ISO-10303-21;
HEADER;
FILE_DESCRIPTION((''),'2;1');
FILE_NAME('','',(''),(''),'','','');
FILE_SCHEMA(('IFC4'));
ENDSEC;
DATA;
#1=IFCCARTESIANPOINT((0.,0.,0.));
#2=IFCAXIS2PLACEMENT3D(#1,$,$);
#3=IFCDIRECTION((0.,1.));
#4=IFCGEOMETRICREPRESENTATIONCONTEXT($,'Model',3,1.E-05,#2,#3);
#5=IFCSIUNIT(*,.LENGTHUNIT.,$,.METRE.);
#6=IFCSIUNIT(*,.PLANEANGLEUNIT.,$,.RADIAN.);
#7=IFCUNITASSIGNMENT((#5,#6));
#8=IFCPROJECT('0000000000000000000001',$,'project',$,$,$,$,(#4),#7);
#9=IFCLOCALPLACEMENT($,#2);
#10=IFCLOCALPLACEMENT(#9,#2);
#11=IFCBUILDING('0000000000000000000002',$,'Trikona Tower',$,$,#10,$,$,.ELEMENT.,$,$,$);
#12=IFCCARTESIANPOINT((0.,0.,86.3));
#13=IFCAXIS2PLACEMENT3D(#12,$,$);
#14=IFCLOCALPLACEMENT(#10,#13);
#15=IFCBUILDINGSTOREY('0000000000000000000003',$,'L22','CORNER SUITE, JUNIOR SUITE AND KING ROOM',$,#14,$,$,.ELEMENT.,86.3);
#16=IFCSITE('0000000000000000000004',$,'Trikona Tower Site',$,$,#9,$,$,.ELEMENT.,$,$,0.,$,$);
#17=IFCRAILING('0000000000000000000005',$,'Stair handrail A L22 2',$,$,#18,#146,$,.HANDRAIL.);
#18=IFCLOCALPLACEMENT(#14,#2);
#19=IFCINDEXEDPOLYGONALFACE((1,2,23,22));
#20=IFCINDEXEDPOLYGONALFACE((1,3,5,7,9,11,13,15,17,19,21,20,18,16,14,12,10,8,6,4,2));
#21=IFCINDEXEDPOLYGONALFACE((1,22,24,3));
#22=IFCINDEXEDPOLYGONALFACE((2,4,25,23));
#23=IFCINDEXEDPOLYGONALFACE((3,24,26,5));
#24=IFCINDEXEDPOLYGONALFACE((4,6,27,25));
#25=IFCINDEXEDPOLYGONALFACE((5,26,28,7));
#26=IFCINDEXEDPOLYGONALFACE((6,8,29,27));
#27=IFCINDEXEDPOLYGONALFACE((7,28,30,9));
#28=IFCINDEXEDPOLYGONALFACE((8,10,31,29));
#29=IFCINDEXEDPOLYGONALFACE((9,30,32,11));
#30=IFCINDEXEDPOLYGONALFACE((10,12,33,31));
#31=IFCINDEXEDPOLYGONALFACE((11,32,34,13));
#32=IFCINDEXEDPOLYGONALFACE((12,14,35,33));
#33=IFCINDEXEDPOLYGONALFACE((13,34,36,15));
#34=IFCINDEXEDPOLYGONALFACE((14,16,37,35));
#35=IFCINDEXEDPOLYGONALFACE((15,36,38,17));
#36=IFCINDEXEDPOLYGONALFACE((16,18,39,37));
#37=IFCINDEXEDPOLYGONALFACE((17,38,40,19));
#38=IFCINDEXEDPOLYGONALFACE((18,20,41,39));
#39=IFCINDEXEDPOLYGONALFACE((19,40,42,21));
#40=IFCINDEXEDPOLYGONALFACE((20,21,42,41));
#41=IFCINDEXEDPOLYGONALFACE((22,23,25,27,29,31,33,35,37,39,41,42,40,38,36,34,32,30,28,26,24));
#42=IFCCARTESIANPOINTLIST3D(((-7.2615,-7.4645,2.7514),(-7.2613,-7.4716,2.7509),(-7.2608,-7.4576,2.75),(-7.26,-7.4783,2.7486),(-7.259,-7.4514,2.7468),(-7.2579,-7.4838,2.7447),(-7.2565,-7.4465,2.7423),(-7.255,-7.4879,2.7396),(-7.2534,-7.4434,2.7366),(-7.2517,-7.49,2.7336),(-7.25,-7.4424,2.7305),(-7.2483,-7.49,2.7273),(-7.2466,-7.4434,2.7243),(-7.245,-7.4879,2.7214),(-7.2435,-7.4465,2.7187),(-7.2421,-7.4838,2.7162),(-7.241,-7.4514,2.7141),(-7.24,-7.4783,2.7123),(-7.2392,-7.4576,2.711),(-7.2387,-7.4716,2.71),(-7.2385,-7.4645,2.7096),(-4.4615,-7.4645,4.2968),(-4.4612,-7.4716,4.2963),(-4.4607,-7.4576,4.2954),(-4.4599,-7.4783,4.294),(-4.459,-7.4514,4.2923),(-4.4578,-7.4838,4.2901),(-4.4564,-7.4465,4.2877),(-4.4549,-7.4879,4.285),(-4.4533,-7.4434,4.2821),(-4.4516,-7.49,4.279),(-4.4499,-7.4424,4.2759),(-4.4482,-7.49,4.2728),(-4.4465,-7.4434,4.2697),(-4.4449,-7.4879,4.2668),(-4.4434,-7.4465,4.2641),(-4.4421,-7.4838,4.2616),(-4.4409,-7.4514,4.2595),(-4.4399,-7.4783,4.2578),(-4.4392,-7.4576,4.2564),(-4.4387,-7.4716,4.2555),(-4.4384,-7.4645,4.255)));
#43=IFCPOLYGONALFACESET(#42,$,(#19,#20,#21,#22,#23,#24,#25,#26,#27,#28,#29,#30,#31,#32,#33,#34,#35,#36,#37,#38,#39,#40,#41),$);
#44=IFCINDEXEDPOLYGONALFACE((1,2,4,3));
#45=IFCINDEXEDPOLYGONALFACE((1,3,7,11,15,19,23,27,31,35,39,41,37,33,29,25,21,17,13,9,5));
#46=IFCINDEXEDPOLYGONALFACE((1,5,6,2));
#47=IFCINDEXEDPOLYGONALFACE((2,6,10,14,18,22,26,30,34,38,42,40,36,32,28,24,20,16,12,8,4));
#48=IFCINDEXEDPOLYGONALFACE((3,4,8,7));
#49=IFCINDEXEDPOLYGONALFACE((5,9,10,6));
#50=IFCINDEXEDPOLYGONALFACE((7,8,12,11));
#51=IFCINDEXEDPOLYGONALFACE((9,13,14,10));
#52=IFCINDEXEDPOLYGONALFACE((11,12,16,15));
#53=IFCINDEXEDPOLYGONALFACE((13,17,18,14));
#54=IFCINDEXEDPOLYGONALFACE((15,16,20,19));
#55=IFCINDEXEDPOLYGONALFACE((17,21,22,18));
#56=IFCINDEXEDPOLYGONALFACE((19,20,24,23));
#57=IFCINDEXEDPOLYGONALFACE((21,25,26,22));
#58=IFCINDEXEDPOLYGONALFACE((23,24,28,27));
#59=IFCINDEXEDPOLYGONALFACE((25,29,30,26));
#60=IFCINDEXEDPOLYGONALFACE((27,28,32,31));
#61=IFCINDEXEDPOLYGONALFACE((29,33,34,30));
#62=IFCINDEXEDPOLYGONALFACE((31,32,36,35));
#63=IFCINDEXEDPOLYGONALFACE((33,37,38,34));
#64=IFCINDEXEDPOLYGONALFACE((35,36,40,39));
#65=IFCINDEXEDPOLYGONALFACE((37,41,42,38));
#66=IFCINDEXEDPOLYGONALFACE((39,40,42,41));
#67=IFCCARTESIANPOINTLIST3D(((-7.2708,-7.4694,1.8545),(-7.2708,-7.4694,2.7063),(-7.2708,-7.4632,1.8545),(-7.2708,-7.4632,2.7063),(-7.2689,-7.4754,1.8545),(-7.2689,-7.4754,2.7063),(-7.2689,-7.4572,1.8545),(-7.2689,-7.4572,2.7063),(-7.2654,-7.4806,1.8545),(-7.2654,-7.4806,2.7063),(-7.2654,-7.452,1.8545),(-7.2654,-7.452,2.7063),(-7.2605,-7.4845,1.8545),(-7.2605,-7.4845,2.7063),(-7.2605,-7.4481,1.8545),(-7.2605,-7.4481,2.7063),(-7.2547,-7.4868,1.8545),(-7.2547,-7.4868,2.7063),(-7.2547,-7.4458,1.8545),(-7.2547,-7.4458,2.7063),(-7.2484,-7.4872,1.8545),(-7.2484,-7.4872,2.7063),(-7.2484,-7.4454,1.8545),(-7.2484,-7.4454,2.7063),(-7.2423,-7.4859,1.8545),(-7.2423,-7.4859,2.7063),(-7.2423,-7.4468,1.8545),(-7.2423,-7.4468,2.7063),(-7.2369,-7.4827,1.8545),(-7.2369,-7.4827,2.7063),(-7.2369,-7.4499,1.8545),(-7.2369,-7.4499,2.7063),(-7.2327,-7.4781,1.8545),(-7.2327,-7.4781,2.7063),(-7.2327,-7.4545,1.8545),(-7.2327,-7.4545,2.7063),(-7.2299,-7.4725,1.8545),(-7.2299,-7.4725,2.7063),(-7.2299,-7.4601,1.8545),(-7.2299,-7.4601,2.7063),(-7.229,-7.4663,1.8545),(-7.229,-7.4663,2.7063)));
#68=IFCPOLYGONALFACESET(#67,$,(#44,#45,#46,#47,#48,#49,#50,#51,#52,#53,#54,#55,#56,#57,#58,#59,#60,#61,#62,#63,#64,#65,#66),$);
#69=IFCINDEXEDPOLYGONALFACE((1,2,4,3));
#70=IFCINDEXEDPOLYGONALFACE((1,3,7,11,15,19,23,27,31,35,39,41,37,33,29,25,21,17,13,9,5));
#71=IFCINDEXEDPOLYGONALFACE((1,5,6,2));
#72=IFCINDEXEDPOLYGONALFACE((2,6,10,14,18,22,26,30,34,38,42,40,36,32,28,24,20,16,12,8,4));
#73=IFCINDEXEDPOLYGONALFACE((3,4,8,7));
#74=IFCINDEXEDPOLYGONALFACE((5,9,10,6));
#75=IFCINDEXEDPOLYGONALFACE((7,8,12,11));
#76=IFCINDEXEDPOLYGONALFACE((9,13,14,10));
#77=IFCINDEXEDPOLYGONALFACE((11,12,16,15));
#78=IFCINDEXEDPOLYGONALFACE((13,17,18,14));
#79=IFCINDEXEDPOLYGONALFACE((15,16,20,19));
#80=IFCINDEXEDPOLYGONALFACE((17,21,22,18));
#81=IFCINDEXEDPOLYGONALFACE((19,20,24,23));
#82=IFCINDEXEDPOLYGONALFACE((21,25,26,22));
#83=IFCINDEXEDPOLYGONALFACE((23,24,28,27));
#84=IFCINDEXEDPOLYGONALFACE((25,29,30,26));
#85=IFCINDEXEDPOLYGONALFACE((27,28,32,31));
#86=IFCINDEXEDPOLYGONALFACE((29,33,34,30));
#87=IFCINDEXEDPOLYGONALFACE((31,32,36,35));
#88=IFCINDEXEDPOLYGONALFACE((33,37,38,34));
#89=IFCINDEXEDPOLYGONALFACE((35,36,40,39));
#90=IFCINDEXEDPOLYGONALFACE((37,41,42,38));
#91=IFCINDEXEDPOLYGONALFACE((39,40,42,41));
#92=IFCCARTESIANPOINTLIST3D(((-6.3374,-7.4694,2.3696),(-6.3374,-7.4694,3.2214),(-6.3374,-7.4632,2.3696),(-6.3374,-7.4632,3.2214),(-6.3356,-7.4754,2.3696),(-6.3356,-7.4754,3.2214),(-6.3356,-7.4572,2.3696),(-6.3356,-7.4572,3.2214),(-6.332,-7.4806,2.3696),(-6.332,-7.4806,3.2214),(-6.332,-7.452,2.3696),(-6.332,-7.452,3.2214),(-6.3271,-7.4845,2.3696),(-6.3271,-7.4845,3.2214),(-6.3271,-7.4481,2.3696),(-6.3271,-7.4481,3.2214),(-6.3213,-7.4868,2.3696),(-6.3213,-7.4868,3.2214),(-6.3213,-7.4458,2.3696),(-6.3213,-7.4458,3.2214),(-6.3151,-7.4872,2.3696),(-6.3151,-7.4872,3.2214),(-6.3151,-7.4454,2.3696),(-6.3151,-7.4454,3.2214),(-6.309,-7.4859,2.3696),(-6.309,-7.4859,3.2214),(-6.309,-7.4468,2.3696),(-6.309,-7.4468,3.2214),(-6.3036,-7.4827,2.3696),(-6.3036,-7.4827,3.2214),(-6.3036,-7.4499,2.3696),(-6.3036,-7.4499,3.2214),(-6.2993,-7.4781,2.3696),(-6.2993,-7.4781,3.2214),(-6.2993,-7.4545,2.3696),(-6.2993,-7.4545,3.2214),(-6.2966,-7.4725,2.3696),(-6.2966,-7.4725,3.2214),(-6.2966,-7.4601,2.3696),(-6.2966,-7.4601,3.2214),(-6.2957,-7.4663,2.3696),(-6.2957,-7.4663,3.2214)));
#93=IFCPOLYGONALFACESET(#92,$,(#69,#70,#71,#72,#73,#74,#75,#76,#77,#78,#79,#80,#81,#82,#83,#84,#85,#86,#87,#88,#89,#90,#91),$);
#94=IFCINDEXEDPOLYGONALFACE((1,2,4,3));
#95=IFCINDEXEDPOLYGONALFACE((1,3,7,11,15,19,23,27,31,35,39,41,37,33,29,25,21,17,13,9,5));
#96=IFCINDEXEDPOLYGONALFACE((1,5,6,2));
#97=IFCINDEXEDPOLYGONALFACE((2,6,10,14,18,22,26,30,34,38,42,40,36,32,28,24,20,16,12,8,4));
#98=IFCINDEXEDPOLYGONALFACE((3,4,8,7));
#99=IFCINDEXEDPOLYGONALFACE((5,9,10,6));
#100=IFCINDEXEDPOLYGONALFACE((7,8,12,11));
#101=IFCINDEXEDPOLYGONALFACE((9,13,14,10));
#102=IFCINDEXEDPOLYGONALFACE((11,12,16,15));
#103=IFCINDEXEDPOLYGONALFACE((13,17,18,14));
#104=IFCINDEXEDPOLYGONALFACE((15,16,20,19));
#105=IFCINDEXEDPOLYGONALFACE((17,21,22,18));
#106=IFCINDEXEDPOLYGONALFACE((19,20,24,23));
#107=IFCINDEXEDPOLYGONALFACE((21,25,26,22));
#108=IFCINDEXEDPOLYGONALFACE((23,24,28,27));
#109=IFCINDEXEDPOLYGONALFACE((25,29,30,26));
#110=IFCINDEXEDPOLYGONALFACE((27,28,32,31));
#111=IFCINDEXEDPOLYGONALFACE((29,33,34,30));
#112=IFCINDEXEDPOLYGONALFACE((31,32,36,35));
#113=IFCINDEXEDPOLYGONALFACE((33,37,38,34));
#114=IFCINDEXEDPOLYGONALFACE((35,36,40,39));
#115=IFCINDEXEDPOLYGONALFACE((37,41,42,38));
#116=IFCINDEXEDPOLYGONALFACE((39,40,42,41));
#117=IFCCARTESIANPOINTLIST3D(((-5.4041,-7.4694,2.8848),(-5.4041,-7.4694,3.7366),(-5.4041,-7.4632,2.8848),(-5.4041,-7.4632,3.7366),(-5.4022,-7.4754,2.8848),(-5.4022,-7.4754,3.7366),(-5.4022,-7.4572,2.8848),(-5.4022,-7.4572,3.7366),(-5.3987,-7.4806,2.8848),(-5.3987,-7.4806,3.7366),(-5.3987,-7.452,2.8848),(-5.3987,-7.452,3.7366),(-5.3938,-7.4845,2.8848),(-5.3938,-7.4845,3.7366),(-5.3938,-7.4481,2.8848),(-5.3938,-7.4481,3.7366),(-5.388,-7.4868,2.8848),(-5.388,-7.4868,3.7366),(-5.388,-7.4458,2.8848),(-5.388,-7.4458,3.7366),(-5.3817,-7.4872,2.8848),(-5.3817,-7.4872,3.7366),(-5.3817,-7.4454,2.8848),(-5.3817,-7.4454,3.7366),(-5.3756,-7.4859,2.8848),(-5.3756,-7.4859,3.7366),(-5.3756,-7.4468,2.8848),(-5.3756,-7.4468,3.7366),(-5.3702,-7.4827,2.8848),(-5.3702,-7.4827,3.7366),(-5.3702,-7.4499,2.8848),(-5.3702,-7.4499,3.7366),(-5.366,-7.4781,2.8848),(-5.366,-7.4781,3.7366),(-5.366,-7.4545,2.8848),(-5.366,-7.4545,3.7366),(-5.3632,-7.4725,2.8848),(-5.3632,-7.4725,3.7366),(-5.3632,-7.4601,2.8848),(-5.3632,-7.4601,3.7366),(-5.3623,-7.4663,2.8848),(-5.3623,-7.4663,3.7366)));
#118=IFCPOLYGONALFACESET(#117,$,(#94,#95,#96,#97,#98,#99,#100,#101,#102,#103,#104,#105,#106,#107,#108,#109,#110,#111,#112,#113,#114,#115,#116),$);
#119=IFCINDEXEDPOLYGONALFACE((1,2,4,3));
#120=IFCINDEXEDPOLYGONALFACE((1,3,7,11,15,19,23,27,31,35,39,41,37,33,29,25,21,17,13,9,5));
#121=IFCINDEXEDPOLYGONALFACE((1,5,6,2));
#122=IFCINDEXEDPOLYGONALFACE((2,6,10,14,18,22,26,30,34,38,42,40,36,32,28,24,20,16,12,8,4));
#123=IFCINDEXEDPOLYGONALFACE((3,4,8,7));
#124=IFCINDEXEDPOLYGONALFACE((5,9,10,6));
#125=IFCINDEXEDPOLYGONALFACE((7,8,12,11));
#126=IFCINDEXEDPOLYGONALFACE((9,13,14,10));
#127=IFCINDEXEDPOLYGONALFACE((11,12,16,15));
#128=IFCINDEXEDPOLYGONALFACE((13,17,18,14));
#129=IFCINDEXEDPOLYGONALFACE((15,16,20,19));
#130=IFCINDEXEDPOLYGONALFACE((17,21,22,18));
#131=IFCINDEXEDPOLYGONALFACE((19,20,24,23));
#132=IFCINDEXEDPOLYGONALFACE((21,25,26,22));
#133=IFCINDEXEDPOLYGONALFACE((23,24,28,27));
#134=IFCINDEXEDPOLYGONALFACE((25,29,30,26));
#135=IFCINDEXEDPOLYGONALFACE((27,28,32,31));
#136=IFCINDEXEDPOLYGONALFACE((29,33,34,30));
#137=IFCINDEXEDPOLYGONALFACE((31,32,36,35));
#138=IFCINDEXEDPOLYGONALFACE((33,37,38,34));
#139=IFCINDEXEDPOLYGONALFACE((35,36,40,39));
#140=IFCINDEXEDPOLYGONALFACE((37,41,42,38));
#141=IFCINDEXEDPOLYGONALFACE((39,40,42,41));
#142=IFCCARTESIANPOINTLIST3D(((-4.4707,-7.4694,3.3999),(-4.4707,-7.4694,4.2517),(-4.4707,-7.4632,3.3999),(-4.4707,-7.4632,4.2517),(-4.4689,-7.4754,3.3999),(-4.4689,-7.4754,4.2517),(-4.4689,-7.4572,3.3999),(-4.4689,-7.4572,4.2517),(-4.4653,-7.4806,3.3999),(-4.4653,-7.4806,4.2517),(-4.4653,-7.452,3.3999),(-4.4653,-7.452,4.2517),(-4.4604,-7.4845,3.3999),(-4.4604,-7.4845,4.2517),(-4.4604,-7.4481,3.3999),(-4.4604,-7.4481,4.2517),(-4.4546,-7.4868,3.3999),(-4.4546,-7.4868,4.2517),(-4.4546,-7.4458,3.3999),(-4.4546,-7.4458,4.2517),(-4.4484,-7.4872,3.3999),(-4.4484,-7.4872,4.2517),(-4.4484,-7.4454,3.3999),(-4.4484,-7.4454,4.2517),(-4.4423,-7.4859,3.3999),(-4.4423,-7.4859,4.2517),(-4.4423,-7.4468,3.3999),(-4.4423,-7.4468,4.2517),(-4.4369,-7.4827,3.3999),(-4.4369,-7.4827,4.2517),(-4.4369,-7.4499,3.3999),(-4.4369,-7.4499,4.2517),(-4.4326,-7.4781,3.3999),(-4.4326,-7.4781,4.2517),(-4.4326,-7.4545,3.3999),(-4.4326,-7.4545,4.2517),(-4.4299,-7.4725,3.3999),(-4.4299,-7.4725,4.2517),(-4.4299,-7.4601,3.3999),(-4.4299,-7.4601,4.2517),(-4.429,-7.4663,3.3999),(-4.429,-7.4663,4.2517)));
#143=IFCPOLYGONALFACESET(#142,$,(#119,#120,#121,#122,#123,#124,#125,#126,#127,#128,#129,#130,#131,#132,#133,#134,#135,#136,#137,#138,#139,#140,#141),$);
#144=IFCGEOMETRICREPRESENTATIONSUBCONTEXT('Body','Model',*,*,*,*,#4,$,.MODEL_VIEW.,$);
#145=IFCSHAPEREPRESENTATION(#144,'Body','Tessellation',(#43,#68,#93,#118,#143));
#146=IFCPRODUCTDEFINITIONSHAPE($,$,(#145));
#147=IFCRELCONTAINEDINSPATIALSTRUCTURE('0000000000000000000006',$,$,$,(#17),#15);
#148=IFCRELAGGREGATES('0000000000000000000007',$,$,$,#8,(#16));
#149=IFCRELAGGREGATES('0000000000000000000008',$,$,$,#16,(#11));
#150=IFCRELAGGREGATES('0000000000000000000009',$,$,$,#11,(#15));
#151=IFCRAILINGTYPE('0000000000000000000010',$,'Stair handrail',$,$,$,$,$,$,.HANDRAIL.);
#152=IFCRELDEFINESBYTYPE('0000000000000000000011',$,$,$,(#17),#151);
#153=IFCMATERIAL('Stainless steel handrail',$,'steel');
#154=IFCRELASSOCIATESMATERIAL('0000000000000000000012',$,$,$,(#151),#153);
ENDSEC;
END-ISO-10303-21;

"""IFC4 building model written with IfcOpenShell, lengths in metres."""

from ifc_helpers import new_model, si_unit, direction, frame, origin, origin_2d, place, context, subcontext, project, spatial, circle, extrude, material, type_object, element, save


model = new_model("IFC4")

# Units and contexts
model_context = context("Model", 3, precision=1e-05, world=origin(), true_north=direction((0.0, 1.0)))
body_context = subcontext(model_context, "Body", "Model", "MODEL_VIEW")
ifc_project = project(units=[si_unit("LENGTHUNIT", "METRE"), si_unit("PLANEANGLEUNIT", "RADIAN")], contexts=[model_context])

# Site, building, storey
site_placement = place(None, origin())
site = spatial("IfcSite", under=ifc_project, at=site_placement, Name="Trikona Tower Site", CompositionType="ELEMENT", RefElevation=0.0)
building_placement = place(site_placement, origin())
building = spatial("IfcBuilding", under=site, at=building_placement, Name="Trikona Tower", CompositionType="ELEMENT")
storey_placement = place(building_placement, frame((0.0, 0.0, 86.3)))
storey = spatial("IfcBuildingStorey", under=building, at=storey_placement, Name="L22", Description="CORNER SUITE, JUNIOR SUITE AND KING ROOM", CompositionType="ELEMENT", Elevation=86.3)

# Railing
ifc_material_1 = material(Name="Stainless steel handrail", Category="steel")
railing_type = type_object("IfcRailingType", Name="Stair handrail", PredefinedType="HANDRAIL", material=ifc_material_1)
railing_placement = place(storey_placement, frame((-7.25, -7.4663, 1.8545)))
element("IfcRailing", 1, at=railing_placement, inside=storey, type_object=railing_type, Name="Stair handrail A L22 2", PredefinedType="HANDRAIL", context=body_context, shape_type="SweptSolid", body=[
    extrude(circle(Radius=0.0239, at=origin_2d()), frame((0.0, 0.0, 0.876), z_axis=(0.875504, 0.0, 0.483211), x_axis=(0.0, 1.0, 0.0)), (0.0, 0.0, 1.0), 3.1982),
    extrude(circle(Radius=0.021, at=origin_2d()), origin(), (0.0, 0.0, 1.0), 0.8518),
    extrude(circle(Radius=0.021, at=origin_2d()), frame((0.9333, 0.0, 0.5151)), (0.0, 0.0, 1.0), 0.8518),
    extrude(circle(Radius=0.021, at=origin_2d()), frame((1.8667, 0.0, 1.0303)), (0.0, 0.0, 1.0), 0.8518),
    extrude(circle(Radius=0.021, at=origin_2d()), frame((2.8, 0.0, 1.5454)), (0.0, 0.0, 1.0), 0.8518),
])

save(model, "model.ifc")
